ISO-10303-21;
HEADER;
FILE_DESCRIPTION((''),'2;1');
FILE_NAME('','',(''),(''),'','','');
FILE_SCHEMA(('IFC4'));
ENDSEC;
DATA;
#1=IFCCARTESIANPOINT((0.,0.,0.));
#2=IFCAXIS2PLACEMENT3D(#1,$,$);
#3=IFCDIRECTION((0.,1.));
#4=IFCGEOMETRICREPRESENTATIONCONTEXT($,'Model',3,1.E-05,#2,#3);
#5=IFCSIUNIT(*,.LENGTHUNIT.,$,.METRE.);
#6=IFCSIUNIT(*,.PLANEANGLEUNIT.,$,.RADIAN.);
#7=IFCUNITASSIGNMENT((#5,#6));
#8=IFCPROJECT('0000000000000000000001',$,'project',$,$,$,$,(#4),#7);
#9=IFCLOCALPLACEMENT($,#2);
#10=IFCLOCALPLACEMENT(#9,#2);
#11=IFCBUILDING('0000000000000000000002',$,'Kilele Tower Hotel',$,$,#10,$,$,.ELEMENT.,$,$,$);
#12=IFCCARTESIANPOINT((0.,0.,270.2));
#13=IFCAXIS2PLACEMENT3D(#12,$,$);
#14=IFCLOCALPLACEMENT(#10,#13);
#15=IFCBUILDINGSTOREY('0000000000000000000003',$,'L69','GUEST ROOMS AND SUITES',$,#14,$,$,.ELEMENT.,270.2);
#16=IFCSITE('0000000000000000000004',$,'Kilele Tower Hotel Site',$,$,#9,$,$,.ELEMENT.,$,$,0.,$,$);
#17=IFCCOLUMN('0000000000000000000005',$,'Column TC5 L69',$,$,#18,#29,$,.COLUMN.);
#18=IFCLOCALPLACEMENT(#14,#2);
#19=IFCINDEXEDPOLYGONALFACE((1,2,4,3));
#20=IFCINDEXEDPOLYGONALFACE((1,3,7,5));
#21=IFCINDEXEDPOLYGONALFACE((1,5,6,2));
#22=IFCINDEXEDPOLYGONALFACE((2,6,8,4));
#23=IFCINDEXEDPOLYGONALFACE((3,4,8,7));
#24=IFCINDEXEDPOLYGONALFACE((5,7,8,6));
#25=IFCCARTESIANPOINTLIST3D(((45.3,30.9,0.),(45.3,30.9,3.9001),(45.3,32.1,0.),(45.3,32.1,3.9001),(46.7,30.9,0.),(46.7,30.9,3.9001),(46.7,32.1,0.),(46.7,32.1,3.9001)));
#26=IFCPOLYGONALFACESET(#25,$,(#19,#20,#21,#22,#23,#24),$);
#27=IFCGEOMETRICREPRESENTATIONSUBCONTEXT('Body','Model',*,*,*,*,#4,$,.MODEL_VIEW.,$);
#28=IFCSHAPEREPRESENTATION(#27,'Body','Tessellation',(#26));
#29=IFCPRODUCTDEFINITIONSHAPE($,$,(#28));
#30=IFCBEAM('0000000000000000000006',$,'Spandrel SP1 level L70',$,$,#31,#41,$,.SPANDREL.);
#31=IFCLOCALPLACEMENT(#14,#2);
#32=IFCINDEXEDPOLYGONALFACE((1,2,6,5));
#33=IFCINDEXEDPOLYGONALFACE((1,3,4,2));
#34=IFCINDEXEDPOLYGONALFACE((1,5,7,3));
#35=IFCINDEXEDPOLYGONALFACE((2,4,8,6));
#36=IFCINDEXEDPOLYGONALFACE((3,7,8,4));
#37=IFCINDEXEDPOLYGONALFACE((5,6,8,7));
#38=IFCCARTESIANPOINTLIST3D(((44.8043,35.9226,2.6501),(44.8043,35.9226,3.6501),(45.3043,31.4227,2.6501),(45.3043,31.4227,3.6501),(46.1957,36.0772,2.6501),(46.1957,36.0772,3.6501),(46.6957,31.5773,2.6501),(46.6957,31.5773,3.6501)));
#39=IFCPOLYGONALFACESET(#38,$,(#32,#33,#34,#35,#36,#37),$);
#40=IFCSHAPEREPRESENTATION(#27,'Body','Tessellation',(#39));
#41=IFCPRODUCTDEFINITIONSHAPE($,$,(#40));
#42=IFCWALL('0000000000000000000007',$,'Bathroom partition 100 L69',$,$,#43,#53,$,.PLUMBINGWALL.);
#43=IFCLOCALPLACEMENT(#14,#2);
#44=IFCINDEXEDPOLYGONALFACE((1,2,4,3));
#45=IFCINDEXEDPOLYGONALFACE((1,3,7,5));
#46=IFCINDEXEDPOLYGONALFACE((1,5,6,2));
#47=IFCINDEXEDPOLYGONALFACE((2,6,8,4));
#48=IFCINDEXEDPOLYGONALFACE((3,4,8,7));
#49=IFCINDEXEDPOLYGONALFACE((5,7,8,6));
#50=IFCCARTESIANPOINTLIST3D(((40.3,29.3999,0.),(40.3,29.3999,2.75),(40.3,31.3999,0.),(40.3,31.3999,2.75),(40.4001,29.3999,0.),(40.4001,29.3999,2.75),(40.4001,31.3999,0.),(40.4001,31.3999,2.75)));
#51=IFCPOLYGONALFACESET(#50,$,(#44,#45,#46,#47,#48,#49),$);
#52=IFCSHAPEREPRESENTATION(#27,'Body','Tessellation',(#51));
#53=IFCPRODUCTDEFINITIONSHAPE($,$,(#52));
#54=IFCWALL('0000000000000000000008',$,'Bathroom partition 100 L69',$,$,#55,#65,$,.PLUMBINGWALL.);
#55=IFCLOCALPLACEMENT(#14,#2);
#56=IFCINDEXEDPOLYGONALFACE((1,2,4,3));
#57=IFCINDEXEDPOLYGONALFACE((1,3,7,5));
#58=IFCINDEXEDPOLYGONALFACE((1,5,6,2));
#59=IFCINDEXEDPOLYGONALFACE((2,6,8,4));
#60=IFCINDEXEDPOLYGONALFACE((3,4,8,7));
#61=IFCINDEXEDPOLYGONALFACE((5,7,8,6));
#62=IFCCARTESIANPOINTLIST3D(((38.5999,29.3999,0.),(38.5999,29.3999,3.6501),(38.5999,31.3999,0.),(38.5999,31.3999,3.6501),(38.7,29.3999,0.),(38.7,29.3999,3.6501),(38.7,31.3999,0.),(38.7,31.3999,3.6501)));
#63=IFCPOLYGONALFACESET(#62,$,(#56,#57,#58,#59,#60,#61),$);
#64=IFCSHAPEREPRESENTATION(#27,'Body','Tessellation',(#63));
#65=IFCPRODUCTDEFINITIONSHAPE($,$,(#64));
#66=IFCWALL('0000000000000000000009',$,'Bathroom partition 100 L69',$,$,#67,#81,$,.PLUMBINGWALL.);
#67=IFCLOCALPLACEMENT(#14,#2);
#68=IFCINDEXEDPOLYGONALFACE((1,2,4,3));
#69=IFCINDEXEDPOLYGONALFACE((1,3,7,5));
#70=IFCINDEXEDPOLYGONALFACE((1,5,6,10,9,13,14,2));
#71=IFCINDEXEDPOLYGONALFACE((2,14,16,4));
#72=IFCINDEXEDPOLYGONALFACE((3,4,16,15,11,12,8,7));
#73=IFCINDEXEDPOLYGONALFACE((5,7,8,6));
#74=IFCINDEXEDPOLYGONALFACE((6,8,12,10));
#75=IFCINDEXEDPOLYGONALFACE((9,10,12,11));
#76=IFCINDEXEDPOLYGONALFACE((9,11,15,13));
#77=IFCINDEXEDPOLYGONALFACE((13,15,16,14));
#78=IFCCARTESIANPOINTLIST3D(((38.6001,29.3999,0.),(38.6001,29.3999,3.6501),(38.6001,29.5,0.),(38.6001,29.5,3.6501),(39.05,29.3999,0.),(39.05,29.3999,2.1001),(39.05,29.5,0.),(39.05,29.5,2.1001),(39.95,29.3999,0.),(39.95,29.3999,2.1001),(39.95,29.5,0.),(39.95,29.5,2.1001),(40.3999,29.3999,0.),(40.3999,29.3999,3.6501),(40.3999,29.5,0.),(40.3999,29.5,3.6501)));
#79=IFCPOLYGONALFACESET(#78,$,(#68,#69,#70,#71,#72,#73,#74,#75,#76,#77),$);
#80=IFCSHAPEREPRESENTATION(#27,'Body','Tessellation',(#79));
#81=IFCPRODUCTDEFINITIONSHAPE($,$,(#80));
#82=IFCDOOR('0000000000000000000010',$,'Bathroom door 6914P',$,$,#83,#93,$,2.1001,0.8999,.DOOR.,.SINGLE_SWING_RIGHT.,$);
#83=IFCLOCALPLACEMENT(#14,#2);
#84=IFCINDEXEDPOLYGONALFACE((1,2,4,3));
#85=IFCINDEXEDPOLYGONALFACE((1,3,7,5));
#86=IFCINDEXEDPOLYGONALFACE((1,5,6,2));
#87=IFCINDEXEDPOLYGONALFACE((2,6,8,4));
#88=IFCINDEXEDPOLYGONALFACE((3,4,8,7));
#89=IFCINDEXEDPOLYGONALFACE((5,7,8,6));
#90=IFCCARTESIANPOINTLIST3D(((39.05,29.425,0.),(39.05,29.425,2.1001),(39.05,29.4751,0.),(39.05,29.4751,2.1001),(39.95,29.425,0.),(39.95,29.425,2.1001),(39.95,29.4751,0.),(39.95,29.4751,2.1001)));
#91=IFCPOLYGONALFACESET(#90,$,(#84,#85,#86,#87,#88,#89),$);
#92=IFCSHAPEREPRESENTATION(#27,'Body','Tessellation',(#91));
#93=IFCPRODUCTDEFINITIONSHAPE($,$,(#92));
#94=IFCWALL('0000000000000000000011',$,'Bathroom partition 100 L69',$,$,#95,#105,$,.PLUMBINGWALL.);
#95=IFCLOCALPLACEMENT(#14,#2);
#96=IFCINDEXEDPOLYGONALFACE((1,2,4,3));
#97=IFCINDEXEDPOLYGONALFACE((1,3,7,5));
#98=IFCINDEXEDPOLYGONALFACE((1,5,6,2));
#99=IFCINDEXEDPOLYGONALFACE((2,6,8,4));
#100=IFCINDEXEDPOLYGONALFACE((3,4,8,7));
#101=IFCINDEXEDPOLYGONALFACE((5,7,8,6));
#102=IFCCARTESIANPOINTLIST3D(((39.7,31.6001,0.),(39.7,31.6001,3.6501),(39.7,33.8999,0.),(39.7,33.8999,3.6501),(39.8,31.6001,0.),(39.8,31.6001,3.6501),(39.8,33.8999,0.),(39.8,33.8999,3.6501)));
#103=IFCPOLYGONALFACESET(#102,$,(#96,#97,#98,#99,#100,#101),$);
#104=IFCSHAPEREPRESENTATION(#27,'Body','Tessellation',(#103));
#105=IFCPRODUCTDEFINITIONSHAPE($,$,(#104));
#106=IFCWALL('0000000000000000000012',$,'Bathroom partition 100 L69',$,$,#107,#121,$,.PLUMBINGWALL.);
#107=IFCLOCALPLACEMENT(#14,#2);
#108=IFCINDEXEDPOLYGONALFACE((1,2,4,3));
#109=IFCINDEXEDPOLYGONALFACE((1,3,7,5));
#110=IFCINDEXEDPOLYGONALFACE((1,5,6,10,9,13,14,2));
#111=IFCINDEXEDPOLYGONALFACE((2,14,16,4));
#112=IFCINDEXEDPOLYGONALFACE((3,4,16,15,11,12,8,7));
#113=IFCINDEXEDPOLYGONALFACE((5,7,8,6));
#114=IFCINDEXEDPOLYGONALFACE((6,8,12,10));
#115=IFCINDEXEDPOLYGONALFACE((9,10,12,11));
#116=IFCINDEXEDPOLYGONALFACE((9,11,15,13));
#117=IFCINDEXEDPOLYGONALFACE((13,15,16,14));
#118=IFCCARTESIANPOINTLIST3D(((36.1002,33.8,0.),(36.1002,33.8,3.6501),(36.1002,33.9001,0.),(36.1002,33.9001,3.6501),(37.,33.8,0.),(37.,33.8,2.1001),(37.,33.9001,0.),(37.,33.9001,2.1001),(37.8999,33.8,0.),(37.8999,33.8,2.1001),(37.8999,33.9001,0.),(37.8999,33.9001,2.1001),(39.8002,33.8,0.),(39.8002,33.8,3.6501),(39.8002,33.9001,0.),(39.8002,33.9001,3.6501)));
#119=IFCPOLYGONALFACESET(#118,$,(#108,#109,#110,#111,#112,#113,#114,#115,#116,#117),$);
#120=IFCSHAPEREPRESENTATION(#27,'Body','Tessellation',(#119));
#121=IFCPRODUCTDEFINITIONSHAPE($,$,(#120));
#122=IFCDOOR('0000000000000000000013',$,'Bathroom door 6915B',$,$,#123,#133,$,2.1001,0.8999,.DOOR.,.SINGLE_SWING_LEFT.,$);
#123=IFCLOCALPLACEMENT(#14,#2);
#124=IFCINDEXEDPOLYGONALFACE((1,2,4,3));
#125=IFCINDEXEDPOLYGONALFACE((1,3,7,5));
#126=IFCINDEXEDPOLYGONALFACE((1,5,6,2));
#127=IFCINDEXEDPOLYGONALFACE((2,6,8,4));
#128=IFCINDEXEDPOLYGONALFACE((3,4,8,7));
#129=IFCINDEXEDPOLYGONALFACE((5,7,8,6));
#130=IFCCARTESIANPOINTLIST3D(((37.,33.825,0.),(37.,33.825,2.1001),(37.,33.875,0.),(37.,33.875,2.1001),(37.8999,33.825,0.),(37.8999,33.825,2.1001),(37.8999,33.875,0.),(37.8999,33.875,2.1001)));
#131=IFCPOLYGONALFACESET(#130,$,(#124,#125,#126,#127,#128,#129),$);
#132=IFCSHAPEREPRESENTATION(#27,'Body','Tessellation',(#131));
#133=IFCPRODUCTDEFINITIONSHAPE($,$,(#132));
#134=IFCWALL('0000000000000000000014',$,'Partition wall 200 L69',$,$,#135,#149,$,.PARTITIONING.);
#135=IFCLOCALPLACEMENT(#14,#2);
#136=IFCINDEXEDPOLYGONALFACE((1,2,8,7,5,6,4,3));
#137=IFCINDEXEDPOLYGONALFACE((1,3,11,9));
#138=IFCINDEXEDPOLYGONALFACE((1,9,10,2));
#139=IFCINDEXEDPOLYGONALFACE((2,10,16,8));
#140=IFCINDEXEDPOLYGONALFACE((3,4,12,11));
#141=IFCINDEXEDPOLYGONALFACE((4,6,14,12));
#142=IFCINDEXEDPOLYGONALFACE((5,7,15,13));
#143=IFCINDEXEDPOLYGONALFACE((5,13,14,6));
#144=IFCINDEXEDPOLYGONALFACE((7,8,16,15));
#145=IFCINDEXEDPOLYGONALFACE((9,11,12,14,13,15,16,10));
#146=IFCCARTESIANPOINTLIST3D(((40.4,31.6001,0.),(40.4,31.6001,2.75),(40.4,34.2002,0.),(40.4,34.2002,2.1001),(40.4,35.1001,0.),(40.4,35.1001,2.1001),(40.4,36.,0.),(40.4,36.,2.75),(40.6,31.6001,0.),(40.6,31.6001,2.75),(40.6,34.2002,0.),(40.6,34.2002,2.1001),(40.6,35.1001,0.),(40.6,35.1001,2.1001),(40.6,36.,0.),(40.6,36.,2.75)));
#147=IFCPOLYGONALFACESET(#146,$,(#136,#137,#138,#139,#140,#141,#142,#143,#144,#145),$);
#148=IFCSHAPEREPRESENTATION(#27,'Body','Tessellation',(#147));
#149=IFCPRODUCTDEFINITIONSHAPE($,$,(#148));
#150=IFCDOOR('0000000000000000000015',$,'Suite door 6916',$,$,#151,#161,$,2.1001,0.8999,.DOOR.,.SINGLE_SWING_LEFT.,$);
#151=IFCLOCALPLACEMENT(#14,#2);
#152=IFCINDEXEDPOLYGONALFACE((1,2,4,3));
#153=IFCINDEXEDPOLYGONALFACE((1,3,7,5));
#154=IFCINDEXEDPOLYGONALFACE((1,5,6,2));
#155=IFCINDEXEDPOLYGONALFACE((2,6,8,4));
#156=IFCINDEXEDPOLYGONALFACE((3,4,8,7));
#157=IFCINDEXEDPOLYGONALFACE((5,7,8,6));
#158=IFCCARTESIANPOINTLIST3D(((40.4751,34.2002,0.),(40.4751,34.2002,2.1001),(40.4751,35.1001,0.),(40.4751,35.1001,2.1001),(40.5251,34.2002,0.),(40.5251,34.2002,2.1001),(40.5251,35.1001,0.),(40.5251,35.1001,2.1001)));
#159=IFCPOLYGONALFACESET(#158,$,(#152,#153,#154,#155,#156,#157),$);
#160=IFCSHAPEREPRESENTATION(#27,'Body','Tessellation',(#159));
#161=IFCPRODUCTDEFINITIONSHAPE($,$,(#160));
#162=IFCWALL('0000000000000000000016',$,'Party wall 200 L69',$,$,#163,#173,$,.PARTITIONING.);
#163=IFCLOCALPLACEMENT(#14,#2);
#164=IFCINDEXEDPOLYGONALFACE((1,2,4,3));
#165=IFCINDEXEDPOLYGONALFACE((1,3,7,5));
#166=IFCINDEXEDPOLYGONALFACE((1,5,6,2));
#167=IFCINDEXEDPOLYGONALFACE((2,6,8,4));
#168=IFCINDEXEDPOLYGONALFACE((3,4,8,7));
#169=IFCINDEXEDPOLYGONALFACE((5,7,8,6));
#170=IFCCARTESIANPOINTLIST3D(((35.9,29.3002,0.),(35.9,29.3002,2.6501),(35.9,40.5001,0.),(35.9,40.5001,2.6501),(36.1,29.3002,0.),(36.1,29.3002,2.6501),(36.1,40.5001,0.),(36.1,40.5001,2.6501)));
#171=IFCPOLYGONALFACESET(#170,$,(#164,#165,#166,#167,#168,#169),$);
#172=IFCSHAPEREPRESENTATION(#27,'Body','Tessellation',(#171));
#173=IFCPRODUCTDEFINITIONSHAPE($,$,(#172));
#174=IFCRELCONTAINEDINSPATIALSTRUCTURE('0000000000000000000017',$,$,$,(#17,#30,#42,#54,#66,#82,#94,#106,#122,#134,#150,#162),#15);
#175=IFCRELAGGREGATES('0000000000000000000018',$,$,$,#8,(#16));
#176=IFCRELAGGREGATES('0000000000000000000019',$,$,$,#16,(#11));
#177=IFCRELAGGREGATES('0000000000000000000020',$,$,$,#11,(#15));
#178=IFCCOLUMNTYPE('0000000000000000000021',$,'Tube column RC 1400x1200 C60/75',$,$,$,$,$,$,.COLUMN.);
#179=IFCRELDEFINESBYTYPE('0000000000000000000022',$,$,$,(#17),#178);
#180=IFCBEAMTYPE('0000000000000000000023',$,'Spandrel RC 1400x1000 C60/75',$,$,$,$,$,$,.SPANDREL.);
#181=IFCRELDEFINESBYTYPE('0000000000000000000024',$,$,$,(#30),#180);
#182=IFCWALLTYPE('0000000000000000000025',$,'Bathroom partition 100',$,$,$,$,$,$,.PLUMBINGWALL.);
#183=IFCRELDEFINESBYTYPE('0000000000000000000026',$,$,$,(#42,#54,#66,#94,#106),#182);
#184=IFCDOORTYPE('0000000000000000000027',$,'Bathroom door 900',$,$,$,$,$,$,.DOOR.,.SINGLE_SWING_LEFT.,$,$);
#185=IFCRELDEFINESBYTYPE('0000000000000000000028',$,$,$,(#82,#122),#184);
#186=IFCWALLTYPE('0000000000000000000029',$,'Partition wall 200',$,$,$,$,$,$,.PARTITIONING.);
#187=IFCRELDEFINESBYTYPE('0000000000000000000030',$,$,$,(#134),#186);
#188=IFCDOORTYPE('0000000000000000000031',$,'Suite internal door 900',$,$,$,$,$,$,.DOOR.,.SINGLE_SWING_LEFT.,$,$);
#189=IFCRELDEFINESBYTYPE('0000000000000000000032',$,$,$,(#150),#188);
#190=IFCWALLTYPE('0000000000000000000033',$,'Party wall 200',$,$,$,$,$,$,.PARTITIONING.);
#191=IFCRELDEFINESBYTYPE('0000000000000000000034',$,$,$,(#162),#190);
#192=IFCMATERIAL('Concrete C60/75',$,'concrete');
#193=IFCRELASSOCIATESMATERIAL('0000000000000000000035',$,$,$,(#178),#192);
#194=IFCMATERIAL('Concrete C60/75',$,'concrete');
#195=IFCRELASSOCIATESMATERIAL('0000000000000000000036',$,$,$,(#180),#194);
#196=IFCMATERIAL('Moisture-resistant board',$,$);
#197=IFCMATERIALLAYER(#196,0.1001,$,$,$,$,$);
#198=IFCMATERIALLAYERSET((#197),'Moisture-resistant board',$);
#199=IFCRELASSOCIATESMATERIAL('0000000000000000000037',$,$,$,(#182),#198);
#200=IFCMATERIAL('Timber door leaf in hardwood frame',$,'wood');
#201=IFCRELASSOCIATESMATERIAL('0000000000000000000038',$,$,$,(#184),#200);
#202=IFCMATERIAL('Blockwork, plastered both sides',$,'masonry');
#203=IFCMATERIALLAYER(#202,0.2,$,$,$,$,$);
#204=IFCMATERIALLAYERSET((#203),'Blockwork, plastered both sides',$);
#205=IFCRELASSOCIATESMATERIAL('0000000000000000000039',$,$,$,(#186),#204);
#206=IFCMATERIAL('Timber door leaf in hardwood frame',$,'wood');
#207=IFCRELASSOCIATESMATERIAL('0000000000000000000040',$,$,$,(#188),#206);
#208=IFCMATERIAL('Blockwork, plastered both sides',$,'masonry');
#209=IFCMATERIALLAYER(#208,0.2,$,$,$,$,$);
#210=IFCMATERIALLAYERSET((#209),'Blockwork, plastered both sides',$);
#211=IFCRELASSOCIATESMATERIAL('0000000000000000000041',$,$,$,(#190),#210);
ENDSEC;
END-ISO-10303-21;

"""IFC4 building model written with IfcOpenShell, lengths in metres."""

from ifc_helpers import new_model, si_unit, direction, frame, frame_2d, origin, origin_2d, place, context, subcontext, project, spatial, rectangle, extrude, material, layer, layer_set, material_profile, profile_set, type_object, element, fill, save


model = new_model("IFC4")

# Units and contexts
model_context = context("Model", 3, precision=1e-05, world=origin(), true_north=direction((0.0, 1.0)))
body_context = subcontext(model_context, "Body", "Model", "MODEL_VIEW")
ifc_project = project(units=[si_unit("LENGTHUNIT", "METRE"), si_unit("PLANEANGLEUNIT", "RADIAN")], contexts=[model_context])

# Site, building, storey
site_placement = place(None, origin())
site = spatial("IfcSite", under=ifc_project, at=site_placement, Name="Kilele Tower Hotel Site", CompositionType="ELEMENT", RefElevation=0.0)
building_placement = place(site_placement, origin())
building = spatial("IfcBuilding", under=site, at=building_placement, Name="Kilele Tower Hotel", CompositionType="ELEMENT")
storey_placement = place(building_placement, frame((0.0, 0.0, 270.2)))
storey = spatial("IfcBuildingStorey", under=building, at=storey_placement, Name="L69", Description="GUEST ROOMS AND SUITES", CompositionType="ELEMENT", Elevation=270.2)

# Column
ifc_material_1 = material(Name="Concrete C60/75", Category="concrete")
ifc_material_profile_1 = material_profile(ifc_material_1, rectangle(XDim=1.3999, YDim=1.2, at=origin_2d()))
ifc_profile_set_1 = profile_set([ifc_material_profile_1], Name="Concrete C60/75")
column_type = type_object("IfcColumnType", Name="Tube column RC 1400x1200 C60/75", PredefinedType="COLUMN", material=ifc_profile_set_1)
column_placement = place(storey_placement, frame((46.0, 31.5, 0.0), z_axis=(0.0, 0.0, 1.0), x_axis=(1.0, 0.0, 0.0)))
element("IfcColumn", 1, at=column_placement, inside=storey, type_object=column_type, Name="Column TC5 L69", PredefinedType="COLUMN", context=body_context, shape_type="SweptSolid", body=[
    extrude(rectangle(XDim=1.3999, YDim=1.2, at=origin_2d()), origin(), (0.0, 0.0, 1.0), 3.9001),
])

# Beam
ifc_material_2 = material(Name="Concrete C60/75", Category="concrete")
ifc_material_profile_2 = material_profile(ifc_material_2, rectangle(XDim=1.3999, YDim=1.0, at=origin_2d()))
ifc_profile_set_2 = profile_set([ifc_material_profile_2], Name="Concrete C60/75")
beam_type = type_object("IfcBeamType", Name="Spandrel RC 1400x1000 C60/75", PredefinedType="SPANDREL", material=ifc_profile_set_2)
beam_placement = place(storey_placement, frame((46.0, 31.5, 3.1501), z_axis=(-0.110432, 0.993884, 0.0), x_axis=(-0.993884, -0.110432, 0.0)))
element("IfcBeam", 2, at=beam_placement, inside=storey, type_object=beam_type, Name="Spandrel SP1 level L70", PredefinedType="SPANDREL", context=body_context, shape_type="SweptSolid", body=[
    extrude(rectangle(XDim=1.3999, YDim=1.0, at=origin_2d()), origin(), (0.0, 0.0, 1.0), 4.5276),
])

# Walls
ifc_material_3 = material(Name="Moisture-resistant board")
ifc_layer_1 = layer(ifc_material_3, 0.1001)
ifc_layer_set_1 = layer_set([ifc_layer_1], Name="Moisture-resistant board")
wall_type_1 = type_object("IfcWallType", Name="Bathroom partition 100", PredefinedType="PLUMBINGWALL", material=ifc_layer_set_1)
wall_1_placement = place(storey_placement, frame((40.3501, 31.3999, 0.0), z_axis=(0.0, 0.0, 1.0), x_axis=(0.0, -1.0, 0.0)))
element("IfcWall", 3, at=wall_1_placement, inside=storey, type_object=wall_type_1, Name="Bathroom partition 100 L69", PredefinedType="PLUMBINGWALL", context=body_context, shape_type="SweptSolid", body=[
    extrude(rectangle(XDim=2.0, YDim=0.1001, at=frame_2d((1.0, 0.0))), origin(), (0.0, 0.0, 1.0), 2.75),
])
wall_2_placement = place(storey_placement, frame((38.6499, 31.3999, 0.0), z_axis=(0.0, 0.0, 1.0), x_axis=(0.0, -1.0, 0.0)))
element("IfcWall", 4, at=wall_2_placement, inside=storey, type_object=wall_type_1, Name="Bathroom partition 100 L69", PredefinedType="PLUMBINGWALL", context=body_context, shape_type="SweptSolid", body=[
    extrude(rectangle(XDim=2.0, YDim=0.1001, at=frame_2d((1.0, 0.0))), origin(), (0.0, 0.0, 1.0), 3.6501),
])

# Wall, opening, door
wall_3_placement = place(storey_placement, frame((38.6001, 29.45, 0.0), z_axis=(0.0, 0.0, 1.0), x_axis=(1.0, 0.0, 0.0)))
wall_3 = element("IfcWall", 5, at=wall_3_placement, inside=storey, type_object=wall_type_1, Name="Bathroom partition 100 L69", PredefinedType="PLUMBINGWALL", context=body_context, shape_type="SweptSolid", body=[
    extrude(rectangle(XDim=1.7998, YDim=0.1001, at=frame_2d((0.8999, 0.0))), origin(), (0.0, 0.0, 1.0), 3.6501),
])
opening_1_placement = place(wall_3_placement, frame((1.3499, 0.0, 0.0), z_axis=(0.0, 0.0, 1.0), x_axis=(-1.0, 0.0, 0.0)))
opening_1 = element("IfcOpeningElement", 6, at=opening_1_placement, cuts=wall_3, PredefinedType="OPENING", context=body_context, shape_type="SweptSolid", body=[
    extrude(rectangle(XDim=0.8999, YDim=2.1001, at=frame_2d((0.45, 1.05))), frame((0.0, 0.0601, 0.0), z_axis=(0.0, -1.0, 0.0), x_axis=(1.0, 0.0, 0.0)), (0.0, 0.0, 1.0), 0.1201),
])
ifc_material_4 = material(Name="Timber door leaf in hardwood frame", Category="wood")
door_type_1 = type_object("IfcDoorType", Name="Bathroom door 900", OperationType="SINGLE_SWING_LEFT", PredefinedType="DOOR", material=ifc_material_4)
door_1_placement = place(opening_1_placement, origin())
door_1 = element("IfcDoor", 7, at=door_1_placement, inside=storey, type_object=door_type_1, Name="Bathroom door 6914P", OperationType="SINGLE_SWING_RIGHT", OverallHeight=2.1001, OverallWidth=0.8999, PredefinedType="DOOR", context=body_context, shape_type="SweptSolid", body=[
    extrude(rectangle(XDim=0.8999, YDim=2.1001, at=frame_2d((0.45, 1.05))), frame((0.0, 0.0249, 0.0), z_axis=(0.0, -1.0, 0.0), x_axis=(1.0, 0.0, 0.0)), (0.0, 0.0, 1.0), 0.05),
])
fill(opening_1, door_1)

# Wall
wall_4_placement = place(storey_placement, frame((39.75, 31.6001, 0.0), z_axis=(0.0, 0.0, 1.0), x_axis=(0.0, 1.0, 0.0)))
element("IfcWall", 8, at=wall_4_placement, inside=storey, type_object=wall_type_1, Name="Bathroom partition 100 L69", PredefinedType="PLUMBINGWALL", context=body_context, shape_type="SweptSolid", body=[
    extrude(rectangle(XDim=2.2998, YDim=0.1001, at=frame_2d((1.1499, 0.0))), origin(), (0.0, 0.0, 1.0), 3.6501),
])

# Walls, openings, doors
wall_5_placement = place(storey_placement, frame((36.1001, 33.8501, 0.0), z_axis=(0.0, 0.0, 1.0), x_axis=(1.0, 0.0, 0.0)))
wall_5 = element("IfcWall", 9, at=wall_5_placement, inside=storey, type_object=wall_type_1, Name="Bathroom partition 100 L69", PredefinedType="PLUMBINGWALL", context=body_context, shape_type="SweptSolid", body=[
    extrude(rectangle(XDim=3.7, YDim=0.1001, at=frame_2d((1.8501, 0.0))), origin(), (0.0, 0.0, 1.0), 3.6501),
])
opening_2_placement = place(wall_5_placement, frame((0.8999, 0.0, 0.0)))
opening_2 = element("IfcOpeningElement", 10, at=opening_2_placement, cuts=wall_5, PredefinedType="OPENING", context=body_context, shape_type="SweptSolid", body=[
    extrude(rectangle(XDim=0.8999, YDim=2.1001, at=frame_2d((0.45, 1.05))), frame((0.0, 0.0601, 0.0), z_axis=(0.0, -1.0, 0.0), x_axis=(1.0, 0.0, 0.0)), (0.0, 0.0, 1.0), 0.1201),
])
door_2_placement = place(opening_2_placement, origin())
door_2 = element("IfcDoor", 11, at=door_2_placement, inside=storey, type_object=door_type_1, Name="Bathroom door 6915B", OperationType="SINGLE_SWING_LEFT", OverallHeight=2.1001, OverallWidth=0.8999, PredefinedType="DOOR", context=body_context, shape_type="SweptSolid", body=[
    extrude(rectangle(XDim=0.8999, YDim=2.1001, at=frame_2d((0.45, 1.05))), frame((0.0, 0.0249, 0.0), z_axis=(0.0, -1.0, 0.0), x_axis=(1.0, 0.0, 0.0)), (0.0, 0.0, 1.0), 0.05),
])
fill(opening_2, door_2)
ifc_material_5 = material(Name="Blockwork, plastered both sides", Category="masonry")
ifc_layer_2 = layer(ifc_material_5, 0.2)
ifc_layer_set_2 = layer_set([ifc_layer_2], Name="Blockwork, plastered both sides")
wall_type_2 = type_object("IfcWallType", Name="Partition wall 200", PredefinedType="PARTITIONING", material=ifc_layer_set_2)
wall_6_placement = place(storey_placement, frame((40.5, 31.6001, 0.0), z_axis=(0.0, 0.0, 1.0), x_axis=(0.0, 1.0, 0.0)))
wall_6 = element("IfcWall", 12, at=wall_6_placement, inside=storey, type_object=wall_type_2, Name="Partition wall 200 L69", PredefinedType="PARTITIONING", context=body_context, shape_type="SweptSolid", body=[
    extrude(rectangle(XDim=4.3999, YDim=0.2, at=frame_2d((2.2, 0.0))), origin(), (0.0, 0.0, 1.0), 2.75),
])
opening_3_placement = place(wall_6_placement, frame((2.6001, 0.0, 0.0)))
opening_3 = element("IfcOpeningElement", 13, at=opening_3_placement, cuts=wall_6, PredefinedType="OPENING", context=body_context, shape_type="SweptSolid", body=[
    extrude(rectangle(XDim=0.8999, YDim=2.1001, at=frame_2d((0.45, 1.05))), frame((0.0, 0.1099, 0.0), z_axis=(0.0, -1.0, 0.0), x_axis=(1.0, 0.0, 0.0)), (0.0, 0.0, 1.0), 0.22),
])
ifc_material_6 = material(Name="Timber door leaf in hardwood frame", Category="wood")
door_type_2 = type_object("IfcDoorType", Name="Suite internal door 900", OperationType="SINGLE_SWING_LEFT", PredefinedType="DOOR", material=ifc_material_6)
door_3_placement = place(opening_3_placement, origin())
door_3 = element("IfcDoor", 14, at=door_3_placement, inside=storey, type_object=door_type_2, Name="Suite door 6916", OperationType="SINGLE_SWING_LEFT", OverallHeight=2.1001, OverallWidth=0.8999, PredefinedType="DOOR", context=body_context, shape_type="SweptSolid", body=[
    extrude(rectangle(XDim=0.8999, YDim=2.1001, at=frame_2d((0.45, 1.05))), frame((0.0, 0.0249, 0.0), z_axis=(0.0, -1.0, 0.0), x_axis=(1.0, 0.0, 0.0)), (0.0, 0.0, 1.0), 0.05),
])
fill(opening_3, door_3)

# Wall
ifc_material_7 = material(Name="Blockwork, plastered both sides", Category="masonry")
ifc_layer_3 = layer(ifc_material_7, 0.2)
ifc_layer_set_3 = layer_set([ifc_layer_3], Name="Blockwork, plastered both sides")
wall_type_3 = type_object("IfcWallType", Name="Party wall 200", PredefinedType="PARTITIONING", material=ifc_layer_set_3)
wall_7_placement = place(storey_placement, frame((36.0, 29.3, 0.0), z_axis=(0.0, 0.0, 1.0), x_axis=(0.0, 1.0, 0.0)))
element("IfcWall", 15, at=wall_7_placement, inside=storey, type_object=wall_type_3, Name="Party wall 200 L69", PredefinedType="PARTITIONING", context=body_context, shape_type="SweptSolid", body=[
    extrude(rectangle(XDim=11.2, YDim=0.2, at=frame_2d((5.6001, 0.0))), origin(), (0.0, 0.0, 1.0), 2.6501),
])

save(model, "model.ifc")
